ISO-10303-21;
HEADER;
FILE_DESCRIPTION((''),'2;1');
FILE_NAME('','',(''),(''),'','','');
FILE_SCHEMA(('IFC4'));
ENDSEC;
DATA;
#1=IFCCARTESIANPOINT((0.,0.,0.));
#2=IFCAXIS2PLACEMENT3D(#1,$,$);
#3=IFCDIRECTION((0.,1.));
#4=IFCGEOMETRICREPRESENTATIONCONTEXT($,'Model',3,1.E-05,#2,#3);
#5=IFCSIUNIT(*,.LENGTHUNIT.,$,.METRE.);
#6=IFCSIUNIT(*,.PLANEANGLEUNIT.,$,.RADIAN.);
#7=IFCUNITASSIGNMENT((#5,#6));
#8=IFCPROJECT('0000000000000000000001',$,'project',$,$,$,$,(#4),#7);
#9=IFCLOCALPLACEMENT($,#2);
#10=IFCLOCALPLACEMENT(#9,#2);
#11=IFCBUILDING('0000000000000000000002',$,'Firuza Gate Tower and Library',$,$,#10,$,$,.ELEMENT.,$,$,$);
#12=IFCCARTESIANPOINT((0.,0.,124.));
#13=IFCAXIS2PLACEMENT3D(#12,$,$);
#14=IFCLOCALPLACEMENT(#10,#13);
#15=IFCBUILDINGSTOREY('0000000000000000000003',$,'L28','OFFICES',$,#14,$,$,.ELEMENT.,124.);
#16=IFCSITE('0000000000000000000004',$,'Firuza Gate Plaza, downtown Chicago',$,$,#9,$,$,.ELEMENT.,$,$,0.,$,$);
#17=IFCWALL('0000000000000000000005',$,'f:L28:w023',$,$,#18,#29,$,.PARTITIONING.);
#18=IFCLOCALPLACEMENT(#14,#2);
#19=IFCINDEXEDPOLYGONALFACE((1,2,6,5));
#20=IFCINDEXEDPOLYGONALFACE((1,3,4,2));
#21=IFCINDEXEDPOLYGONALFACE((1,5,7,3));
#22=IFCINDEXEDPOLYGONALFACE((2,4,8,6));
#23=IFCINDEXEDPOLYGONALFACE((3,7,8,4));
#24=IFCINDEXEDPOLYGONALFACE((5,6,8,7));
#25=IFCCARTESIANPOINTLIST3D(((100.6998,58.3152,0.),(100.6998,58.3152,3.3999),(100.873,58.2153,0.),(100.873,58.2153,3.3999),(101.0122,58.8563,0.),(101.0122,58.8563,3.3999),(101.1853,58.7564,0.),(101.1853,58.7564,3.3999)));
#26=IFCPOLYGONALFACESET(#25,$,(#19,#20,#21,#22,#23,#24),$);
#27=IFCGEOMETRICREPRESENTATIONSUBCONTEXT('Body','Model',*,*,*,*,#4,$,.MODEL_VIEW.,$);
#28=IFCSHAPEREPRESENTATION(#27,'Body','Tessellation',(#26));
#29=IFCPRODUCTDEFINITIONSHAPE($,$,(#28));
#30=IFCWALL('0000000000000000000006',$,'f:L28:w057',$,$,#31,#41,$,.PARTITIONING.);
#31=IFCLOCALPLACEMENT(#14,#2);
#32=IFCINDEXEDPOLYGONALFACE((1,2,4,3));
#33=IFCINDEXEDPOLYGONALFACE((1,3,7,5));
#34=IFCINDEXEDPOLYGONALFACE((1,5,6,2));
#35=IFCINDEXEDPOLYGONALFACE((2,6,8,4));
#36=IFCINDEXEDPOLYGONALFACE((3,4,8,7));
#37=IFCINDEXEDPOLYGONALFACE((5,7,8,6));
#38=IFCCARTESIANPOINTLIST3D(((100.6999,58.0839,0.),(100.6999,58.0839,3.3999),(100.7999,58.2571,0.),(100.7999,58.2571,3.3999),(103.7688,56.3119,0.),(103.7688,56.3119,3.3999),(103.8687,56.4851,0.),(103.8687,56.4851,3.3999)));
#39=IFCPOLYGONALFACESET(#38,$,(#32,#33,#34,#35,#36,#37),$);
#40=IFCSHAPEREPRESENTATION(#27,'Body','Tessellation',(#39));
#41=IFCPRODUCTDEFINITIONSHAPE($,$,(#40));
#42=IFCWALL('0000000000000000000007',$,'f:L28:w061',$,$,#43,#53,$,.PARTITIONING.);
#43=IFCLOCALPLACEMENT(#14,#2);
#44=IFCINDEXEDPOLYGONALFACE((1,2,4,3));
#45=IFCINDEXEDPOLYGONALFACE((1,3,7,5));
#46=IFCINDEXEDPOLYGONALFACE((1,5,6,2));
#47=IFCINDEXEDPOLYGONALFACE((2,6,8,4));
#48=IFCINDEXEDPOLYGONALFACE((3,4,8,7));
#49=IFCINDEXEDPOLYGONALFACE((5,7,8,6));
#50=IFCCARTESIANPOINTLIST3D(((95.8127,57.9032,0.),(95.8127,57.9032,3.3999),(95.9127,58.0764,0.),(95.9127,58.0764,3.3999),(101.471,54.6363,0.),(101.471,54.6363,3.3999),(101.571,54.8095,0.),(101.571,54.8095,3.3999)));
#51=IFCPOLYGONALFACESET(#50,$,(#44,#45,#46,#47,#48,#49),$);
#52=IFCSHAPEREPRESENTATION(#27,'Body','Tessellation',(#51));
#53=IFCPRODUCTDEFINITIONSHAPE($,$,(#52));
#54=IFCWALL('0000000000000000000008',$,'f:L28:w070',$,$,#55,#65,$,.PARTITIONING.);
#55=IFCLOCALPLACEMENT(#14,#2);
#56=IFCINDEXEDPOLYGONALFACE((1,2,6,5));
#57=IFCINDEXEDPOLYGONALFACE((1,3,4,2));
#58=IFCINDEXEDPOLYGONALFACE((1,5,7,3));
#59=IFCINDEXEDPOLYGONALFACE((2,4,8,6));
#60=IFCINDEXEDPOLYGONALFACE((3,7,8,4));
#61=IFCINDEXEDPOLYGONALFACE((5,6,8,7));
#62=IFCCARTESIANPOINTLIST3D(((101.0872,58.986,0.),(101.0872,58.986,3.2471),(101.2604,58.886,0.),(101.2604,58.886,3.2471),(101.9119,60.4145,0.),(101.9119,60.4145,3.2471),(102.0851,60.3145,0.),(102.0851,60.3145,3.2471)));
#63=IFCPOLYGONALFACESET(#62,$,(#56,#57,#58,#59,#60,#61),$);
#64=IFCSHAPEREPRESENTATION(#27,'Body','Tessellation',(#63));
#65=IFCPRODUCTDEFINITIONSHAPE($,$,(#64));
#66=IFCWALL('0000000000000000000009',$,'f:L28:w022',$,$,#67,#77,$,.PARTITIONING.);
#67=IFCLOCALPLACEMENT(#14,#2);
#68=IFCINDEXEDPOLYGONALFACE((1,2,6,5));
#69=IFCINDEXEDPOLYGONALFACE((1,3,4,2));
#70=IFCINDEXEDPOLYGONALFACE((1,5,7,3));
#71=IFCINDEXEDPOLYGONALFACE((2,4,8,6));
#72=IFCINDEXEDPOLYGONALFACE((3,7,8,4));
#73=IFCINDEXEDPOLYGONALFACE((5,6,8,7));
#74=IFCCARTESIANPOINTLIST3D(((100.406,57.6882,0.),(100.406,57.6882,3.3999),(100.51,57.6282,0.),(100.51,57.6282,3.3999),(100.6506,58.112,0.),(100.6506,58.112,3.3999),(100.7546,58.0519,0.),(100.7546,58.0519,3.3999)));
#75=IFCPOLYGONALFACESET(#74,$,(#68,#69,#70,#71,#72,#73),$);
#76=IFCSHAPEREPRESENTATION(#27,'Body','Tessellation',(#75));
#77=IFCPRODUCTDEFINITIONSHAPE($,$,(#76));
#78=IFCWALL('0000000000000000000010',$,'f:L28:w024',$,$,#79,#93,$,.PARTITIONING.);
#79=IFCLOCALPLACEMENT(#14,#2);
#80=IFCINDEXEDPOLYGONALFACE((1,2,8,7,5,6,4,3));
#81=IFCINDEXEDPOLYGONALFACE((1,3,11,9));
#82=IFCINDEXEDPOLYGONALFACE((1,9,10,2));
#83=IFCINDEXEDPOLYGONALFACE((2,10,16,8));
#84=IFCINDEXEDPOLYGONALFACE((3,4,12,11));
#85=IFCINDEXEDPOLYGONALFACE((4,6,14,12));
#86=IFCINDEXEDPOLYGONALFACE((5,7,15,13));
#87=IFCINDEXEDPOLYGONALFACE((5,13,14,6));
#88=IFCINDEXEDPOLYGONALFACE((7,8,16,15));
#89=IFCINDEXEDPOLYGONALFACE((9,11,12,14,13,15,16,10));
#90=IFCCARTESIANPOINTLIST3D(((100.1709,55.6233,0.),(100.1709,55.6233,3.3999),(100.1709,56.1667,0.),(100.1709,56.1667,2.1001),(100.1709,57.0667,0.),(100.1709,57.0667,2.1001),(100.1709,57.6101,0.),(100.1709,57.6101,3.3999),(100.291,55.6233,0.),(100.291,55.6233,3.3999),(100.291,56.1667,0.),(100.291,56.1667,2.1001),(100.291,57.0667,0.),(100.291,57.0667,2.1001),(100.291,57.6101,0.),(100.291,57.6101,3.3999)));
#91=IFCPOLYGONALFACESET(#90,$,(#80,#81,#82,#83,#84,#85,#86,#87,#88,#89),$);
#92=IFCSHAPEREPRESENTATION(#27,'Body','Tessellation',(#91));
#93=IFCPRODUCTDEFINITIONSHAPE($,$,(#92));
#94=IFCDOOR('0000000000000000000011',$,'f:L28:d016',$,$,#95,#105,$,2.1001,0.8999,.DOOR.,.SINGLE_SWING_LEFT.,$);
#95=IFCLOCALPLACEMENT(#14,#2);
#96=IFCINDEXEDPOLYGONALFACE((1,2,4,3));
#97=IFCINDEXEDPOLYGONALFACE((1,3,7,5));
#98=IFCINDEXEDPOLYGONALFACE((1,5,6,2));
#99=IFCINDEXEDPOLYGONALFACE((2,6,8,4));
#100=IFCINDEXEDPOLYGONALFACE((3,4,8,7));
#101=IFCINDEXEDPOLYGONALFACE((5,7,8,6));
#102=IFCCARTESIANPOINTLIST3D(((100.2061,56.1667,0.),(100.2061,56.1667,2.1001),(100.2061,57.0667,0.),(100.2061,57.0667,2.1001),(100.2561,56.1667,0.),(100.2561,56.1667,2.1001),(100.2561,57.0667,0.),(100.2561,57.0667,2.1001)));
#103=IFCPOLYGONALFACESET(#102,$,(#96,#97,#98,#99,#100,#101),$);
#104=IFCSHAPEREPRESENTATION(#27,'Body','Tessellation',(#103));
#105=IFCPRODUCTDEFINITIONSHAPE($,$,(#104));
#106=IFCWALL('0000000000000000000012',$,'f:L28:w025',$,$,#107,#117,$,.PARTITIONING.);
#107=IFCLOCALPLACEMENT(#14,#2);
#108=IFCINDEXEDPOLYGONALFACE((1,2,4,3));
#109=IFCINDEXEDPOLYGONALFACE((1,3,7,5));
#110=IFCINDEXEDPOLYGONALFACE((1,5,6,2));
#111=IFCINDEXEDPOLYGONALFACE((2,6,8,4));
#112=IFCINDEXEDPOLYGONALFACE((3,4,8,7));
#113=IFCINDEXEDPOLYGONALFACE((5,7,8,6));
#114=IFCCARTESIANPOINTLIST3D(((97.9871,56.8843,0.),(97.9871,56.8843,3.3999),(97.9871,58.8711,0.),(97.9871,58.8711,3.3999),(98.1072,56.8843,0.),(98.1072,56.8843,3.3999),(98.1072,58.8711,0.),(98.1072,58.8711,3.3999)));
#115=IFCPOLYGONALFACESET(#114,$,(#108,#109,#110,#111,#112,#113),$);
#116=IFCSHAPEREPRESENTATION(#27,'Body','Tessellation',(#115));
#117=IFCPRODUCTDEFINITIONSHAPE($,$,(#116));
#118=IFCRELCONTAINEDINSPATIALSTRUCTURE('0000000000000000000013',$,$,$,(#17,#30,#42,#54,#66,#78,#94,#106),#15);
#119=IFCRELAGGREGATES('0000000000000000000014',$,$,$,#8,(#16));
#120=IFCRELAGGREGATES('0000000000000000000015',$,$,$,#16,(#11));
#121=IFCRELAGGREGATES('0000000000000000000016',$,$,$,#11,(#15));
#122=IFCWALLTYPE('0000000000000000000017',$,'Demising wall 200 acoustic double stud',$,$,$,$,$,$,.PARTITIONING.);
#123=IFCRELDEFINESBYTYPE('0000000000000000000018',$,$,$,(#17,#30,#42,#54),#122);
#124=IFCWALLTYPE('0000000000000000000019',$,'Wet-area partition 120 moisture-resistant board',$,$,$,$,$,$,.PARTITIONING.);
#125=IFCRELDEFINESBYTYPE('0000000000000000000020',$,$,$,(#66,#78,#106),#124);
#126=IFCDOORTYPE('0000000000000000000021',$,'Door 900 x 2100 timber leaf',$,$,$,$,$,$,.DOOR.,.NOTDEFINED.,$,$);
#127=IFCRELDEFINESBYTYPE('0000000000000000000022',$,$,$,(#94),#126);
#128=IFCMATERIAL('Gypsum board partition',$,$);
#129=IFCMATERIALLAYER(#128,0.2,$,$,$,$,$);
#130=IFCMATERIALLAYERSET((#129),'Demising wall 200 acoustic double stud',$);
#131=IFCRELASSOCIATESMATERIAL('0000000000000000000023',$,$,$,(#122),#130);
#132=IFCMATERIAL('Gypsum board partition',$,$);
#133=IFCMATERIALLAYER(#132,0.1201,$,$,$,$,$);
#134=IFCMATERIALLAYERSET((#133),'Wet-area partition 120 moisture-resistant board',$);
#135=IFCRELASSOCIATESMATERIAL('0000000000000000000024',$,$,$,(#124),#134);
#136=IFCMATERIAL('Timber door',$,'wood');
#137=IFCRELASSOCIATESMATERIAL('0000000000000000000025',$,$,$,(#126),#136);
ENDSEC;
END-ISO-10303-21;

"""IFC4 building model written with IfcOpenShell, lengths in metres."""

from ifc_helpers import new_model, si_unit, direction, frame, frame_2d, origin, place, context, subcontext, project, spatial, rectangle, extrude, material, layer, layer_set, type_object, element, fill, save


model = new_model("IFC4")

# Units and contexts
model_context = context("Model", 3, precision=1e-05, world=origin(), true_north=direction((0.0, 1.0)))
body_context = subcontext(model_context, "Body", "Model", "MODEL_VIEW")
ifc_project = project(units=[si_unit("LENGTHUNIT", "METRE"), si_unit("PLANEANGLEUNIT", "RADIAN")], contexts=[model_context])

# Site, building, storey
site_placement = place(None, origin())
site = spatial("IfcSite", under=ifc_project, at=site_placement, Name="Firuza Gate Plaza, downtown Chicago", CompositionType="ELEMENT", RefElevation=0.0)
building_placement = place(site_placement, origin())
building = spatial("IfcBuilding", under=site, at=building_placement, Name="Firuza Gate Tower and Library", CompositionType="ELEMENT")
storey_placement = place(building_placement, frame((0.0, 0.0, 124.0)))
storey = spatial("IfcBuildingStorey", under=building, at=storey_placement, Name="L28", Description="OFFICES", CompositionType="ELEMENT", Elevation=124.0)

# Walls
ifc_material_1 = material(Name="Gypsum board partition")
ifc_layer_1 = layer(ifc_material_1, 0.2)
ifc_layer_set_1 = layer_set([ifc_layer_1], Name="Demising wall 200 acoustic double stud")
wall_type_1 = type_object("IfcWallType", Name="Demising wall 200 acoustic double stud", PredefinedType="PARTITIONING", material=ifc_layer_set_1)
wall_1_placement = place(storey_placement, frame((100.7864, 58.2651, 0.0), z_axis=(0.0, 0.0, 1.0), x_axis=(0.49988, 0.866094, 0.0)))
element("IfcWall", 1, at=wall_1_placement, inside=storey, type_object=wall_type_1, Name="f:L28:w023", PredefinedType="PARTITIONING", context=body_context, shape_type="SweptSolid", body=[
    extrude(rectangle(XDim=0.6248, YDim=0.2, at=frame_2d((0.3125, 0.0))), origin(), (0.0, 0.0, 1.0), 3.3999),
])
wall_2_placement = place(storey_placement, frame((103.8188, 56.3984, 0.0), z_axis=(0.0, 0.0, 1.0), x_axis=(-0.866004, 0.500037, 0.0)))
element("IfcWall", 2, at=wall_2_placement, inside=storey, type_object=wall_type_1, Name="f:L28:w057", PredefinedType="PARTITIONING", context=body_context, shape_type="SweptSolid", body=[
    extrude(rectangle(XDim=3.5437, YDim=0.2, at=frame_2d((1.772, 0.0))), origin(), (0.0, 0.0, 1.0), 3.3999),
])
wall_3_placement = place(storey_placement, frame((101.521, 54.7229, 0.0), z_axis=(0.0, 0.0, 1.0), x_axis=(-0.86602, 0.500009, 0.0)))
element("IfcWall", 3, at=wall_3_placement, inside=storey, type_object=wall_type_1, Name="f:L28:w061", PredefinedType="PARTITIONING", context=body_context, shape_type="SweptSolid", body=[
    extrude(rectangle(XDim=6.5337, YDim=0.2, at=frame_2d((3.2668, 0.0))), origin(), (0.0, 0.0, 1.0), 3.3999),
])
wall_4_placement = place(storey_placement, frame((101.1738, 58.936, 0.0), z_axis=(0.0, 0.0, 1.0), x_axis=(0.499992, 0.86603, 0.0)))
element("IfcWall", 4, at=wall_4_placement, inside=storey, type_object=wall_type_1, Name="f:L28:w070", PredefinedType="PARTITIONING", context=body_context, shape_type="SweptSolid", body=[
    extrude(rectangle(XDim=1.6494, YDim=0.2, at=frame_2d((0.8247, 0.0))), origin(), (0.0, 0.0, 1.0), 3.2471),
])
ifc_material_2 = material(Name="Gypsum board partition")
ifc_layer_2 = layer(ifc_material_2, 0.1201)
ifc_layer_set_2 = layer_set([ifc_layer_2], Name="Wet-area partition 120 moisture-resistant board")
wall_type_2 = type_object("IfcWallType", Name="Wet-area partition 120 moisture-resistant board", PredefinedType="PARTITIONING", material=ifc_layer_set_2)
wall_5_placement = place(storey_placement, frame((100.458, 57.6582, 0.0), z_axis=(0.0, 0.0, 1.0), x_axis=(0.499895, 0.866086, 0.0)))
element("IfcWall", 5, at=wall_5_placement, inside=storey, type_object=wall_type_2, Name="f:L28:w022", PredefinedType="PARTITIONING", context=body_context, shape_type="SweptSolid", body=[
    extrude(rectangle(XDim=0.4893, YDim=0.1201, at=frame_2d((0.2446, 0.0))), origin(), (0.0, 0.0, 1.0), 3.3999),
])

# Wall, opening, door
wall_6_placement = place(storey_placement, frame((100.231, 55.6233, 0.0), z_axis=(0.0, 0.0, 1.0), x_axis=(0.0, 1.0, 0.0)))
wall_6 = element("IfcWall", 6, at=wall_6_placement, inside=storey, type_object=wall_type_2, Name="f:L28:w024", PredefinedType="PARTITIONING", context=body_context, shape_type="SweptSolid", body=[
    extrude(rectangle(XDim=1.9868, YDim=0.1201, at=frame_2d((0.9934, 0.0))), origin(), (0.0, 0.0, 1.0), 3.3999),
])
opening_1_placement = place(wall_6_placement, frame((0.5435, 0.0, 0.0)))
opening_1 = element("IfcOpeningElement", 7, at=opening_1_placement, cuts=wall_6, PredefinedType="OPENING", context=body_context, shape_type="SweptSolid", body=[
    extrude(rectangle(XDim=0.8999, YDim=2.1001, at=frame_2d((0.45, 1.05))), frame((0.0, 0.0701, 0.0), z_axis=(0.0, -1.0, 0.0), x_axis=(1.0, 0.0, 0.0)), (0.0, 0.0, 1.0), 0.1401),
])
ifc_material_3 = material(Name="Timber door", Category="wood")
door_type_1 = type_object("IfcDoorType", Name="Door 900 x 2100 timber leaf", OperationType="NOTDEFINED", PredefinedType="DOOR", material=ifc_material_3)
door_1_placement = place(opening_1_placement, origin())
door_1 = element("IfcDoor", 8, at=door_1_placement, inside=storey, type_object=door_type_1, Name="f:L28:d016", OperationType="SINGLE_SWING_LEFT", OverallHeight=2.1001, OverallWidth=0.8999, PredefinedType="DOOR", context=body_context, shape_type="SweptSolid", body=[
    extrude(rectangle(XDim=0.8999, YDim=2.1001, at=frame_2d((0.45, 1.05))), frame((0.0, 0.0249, 0.0), z_axis=(0.0, -1.0, 0.0), x_axis=(1.0, 0.0, 0.0)), (0.0, 0.0, 1.0), 0.05),
])
fill(opening_1, door_1)

# Wall
wall_7_placement = place(storey_placement, frame((98.0471, 56.8843, 0.0), z_axis=(0.0, 0.0, 1.0), x_axis=(0.0, 1.0, 0.0)))
element("IfcWall", 9, at=wall_7_placement, inside=storey, type_object=wall_type_2, Name="f:L28:w025", PredefinedType="PARTITIONING", context=body_context, shape_type="SweptSolid", body=[
    extrude(rectangle(XDim=1.9868, YDim=0.1201, at=frame_2d((0.9934, 0.0))), origin(), (0.0, 0.0, 1.0), 3.3999),
])

save(model, "model.ifc")
